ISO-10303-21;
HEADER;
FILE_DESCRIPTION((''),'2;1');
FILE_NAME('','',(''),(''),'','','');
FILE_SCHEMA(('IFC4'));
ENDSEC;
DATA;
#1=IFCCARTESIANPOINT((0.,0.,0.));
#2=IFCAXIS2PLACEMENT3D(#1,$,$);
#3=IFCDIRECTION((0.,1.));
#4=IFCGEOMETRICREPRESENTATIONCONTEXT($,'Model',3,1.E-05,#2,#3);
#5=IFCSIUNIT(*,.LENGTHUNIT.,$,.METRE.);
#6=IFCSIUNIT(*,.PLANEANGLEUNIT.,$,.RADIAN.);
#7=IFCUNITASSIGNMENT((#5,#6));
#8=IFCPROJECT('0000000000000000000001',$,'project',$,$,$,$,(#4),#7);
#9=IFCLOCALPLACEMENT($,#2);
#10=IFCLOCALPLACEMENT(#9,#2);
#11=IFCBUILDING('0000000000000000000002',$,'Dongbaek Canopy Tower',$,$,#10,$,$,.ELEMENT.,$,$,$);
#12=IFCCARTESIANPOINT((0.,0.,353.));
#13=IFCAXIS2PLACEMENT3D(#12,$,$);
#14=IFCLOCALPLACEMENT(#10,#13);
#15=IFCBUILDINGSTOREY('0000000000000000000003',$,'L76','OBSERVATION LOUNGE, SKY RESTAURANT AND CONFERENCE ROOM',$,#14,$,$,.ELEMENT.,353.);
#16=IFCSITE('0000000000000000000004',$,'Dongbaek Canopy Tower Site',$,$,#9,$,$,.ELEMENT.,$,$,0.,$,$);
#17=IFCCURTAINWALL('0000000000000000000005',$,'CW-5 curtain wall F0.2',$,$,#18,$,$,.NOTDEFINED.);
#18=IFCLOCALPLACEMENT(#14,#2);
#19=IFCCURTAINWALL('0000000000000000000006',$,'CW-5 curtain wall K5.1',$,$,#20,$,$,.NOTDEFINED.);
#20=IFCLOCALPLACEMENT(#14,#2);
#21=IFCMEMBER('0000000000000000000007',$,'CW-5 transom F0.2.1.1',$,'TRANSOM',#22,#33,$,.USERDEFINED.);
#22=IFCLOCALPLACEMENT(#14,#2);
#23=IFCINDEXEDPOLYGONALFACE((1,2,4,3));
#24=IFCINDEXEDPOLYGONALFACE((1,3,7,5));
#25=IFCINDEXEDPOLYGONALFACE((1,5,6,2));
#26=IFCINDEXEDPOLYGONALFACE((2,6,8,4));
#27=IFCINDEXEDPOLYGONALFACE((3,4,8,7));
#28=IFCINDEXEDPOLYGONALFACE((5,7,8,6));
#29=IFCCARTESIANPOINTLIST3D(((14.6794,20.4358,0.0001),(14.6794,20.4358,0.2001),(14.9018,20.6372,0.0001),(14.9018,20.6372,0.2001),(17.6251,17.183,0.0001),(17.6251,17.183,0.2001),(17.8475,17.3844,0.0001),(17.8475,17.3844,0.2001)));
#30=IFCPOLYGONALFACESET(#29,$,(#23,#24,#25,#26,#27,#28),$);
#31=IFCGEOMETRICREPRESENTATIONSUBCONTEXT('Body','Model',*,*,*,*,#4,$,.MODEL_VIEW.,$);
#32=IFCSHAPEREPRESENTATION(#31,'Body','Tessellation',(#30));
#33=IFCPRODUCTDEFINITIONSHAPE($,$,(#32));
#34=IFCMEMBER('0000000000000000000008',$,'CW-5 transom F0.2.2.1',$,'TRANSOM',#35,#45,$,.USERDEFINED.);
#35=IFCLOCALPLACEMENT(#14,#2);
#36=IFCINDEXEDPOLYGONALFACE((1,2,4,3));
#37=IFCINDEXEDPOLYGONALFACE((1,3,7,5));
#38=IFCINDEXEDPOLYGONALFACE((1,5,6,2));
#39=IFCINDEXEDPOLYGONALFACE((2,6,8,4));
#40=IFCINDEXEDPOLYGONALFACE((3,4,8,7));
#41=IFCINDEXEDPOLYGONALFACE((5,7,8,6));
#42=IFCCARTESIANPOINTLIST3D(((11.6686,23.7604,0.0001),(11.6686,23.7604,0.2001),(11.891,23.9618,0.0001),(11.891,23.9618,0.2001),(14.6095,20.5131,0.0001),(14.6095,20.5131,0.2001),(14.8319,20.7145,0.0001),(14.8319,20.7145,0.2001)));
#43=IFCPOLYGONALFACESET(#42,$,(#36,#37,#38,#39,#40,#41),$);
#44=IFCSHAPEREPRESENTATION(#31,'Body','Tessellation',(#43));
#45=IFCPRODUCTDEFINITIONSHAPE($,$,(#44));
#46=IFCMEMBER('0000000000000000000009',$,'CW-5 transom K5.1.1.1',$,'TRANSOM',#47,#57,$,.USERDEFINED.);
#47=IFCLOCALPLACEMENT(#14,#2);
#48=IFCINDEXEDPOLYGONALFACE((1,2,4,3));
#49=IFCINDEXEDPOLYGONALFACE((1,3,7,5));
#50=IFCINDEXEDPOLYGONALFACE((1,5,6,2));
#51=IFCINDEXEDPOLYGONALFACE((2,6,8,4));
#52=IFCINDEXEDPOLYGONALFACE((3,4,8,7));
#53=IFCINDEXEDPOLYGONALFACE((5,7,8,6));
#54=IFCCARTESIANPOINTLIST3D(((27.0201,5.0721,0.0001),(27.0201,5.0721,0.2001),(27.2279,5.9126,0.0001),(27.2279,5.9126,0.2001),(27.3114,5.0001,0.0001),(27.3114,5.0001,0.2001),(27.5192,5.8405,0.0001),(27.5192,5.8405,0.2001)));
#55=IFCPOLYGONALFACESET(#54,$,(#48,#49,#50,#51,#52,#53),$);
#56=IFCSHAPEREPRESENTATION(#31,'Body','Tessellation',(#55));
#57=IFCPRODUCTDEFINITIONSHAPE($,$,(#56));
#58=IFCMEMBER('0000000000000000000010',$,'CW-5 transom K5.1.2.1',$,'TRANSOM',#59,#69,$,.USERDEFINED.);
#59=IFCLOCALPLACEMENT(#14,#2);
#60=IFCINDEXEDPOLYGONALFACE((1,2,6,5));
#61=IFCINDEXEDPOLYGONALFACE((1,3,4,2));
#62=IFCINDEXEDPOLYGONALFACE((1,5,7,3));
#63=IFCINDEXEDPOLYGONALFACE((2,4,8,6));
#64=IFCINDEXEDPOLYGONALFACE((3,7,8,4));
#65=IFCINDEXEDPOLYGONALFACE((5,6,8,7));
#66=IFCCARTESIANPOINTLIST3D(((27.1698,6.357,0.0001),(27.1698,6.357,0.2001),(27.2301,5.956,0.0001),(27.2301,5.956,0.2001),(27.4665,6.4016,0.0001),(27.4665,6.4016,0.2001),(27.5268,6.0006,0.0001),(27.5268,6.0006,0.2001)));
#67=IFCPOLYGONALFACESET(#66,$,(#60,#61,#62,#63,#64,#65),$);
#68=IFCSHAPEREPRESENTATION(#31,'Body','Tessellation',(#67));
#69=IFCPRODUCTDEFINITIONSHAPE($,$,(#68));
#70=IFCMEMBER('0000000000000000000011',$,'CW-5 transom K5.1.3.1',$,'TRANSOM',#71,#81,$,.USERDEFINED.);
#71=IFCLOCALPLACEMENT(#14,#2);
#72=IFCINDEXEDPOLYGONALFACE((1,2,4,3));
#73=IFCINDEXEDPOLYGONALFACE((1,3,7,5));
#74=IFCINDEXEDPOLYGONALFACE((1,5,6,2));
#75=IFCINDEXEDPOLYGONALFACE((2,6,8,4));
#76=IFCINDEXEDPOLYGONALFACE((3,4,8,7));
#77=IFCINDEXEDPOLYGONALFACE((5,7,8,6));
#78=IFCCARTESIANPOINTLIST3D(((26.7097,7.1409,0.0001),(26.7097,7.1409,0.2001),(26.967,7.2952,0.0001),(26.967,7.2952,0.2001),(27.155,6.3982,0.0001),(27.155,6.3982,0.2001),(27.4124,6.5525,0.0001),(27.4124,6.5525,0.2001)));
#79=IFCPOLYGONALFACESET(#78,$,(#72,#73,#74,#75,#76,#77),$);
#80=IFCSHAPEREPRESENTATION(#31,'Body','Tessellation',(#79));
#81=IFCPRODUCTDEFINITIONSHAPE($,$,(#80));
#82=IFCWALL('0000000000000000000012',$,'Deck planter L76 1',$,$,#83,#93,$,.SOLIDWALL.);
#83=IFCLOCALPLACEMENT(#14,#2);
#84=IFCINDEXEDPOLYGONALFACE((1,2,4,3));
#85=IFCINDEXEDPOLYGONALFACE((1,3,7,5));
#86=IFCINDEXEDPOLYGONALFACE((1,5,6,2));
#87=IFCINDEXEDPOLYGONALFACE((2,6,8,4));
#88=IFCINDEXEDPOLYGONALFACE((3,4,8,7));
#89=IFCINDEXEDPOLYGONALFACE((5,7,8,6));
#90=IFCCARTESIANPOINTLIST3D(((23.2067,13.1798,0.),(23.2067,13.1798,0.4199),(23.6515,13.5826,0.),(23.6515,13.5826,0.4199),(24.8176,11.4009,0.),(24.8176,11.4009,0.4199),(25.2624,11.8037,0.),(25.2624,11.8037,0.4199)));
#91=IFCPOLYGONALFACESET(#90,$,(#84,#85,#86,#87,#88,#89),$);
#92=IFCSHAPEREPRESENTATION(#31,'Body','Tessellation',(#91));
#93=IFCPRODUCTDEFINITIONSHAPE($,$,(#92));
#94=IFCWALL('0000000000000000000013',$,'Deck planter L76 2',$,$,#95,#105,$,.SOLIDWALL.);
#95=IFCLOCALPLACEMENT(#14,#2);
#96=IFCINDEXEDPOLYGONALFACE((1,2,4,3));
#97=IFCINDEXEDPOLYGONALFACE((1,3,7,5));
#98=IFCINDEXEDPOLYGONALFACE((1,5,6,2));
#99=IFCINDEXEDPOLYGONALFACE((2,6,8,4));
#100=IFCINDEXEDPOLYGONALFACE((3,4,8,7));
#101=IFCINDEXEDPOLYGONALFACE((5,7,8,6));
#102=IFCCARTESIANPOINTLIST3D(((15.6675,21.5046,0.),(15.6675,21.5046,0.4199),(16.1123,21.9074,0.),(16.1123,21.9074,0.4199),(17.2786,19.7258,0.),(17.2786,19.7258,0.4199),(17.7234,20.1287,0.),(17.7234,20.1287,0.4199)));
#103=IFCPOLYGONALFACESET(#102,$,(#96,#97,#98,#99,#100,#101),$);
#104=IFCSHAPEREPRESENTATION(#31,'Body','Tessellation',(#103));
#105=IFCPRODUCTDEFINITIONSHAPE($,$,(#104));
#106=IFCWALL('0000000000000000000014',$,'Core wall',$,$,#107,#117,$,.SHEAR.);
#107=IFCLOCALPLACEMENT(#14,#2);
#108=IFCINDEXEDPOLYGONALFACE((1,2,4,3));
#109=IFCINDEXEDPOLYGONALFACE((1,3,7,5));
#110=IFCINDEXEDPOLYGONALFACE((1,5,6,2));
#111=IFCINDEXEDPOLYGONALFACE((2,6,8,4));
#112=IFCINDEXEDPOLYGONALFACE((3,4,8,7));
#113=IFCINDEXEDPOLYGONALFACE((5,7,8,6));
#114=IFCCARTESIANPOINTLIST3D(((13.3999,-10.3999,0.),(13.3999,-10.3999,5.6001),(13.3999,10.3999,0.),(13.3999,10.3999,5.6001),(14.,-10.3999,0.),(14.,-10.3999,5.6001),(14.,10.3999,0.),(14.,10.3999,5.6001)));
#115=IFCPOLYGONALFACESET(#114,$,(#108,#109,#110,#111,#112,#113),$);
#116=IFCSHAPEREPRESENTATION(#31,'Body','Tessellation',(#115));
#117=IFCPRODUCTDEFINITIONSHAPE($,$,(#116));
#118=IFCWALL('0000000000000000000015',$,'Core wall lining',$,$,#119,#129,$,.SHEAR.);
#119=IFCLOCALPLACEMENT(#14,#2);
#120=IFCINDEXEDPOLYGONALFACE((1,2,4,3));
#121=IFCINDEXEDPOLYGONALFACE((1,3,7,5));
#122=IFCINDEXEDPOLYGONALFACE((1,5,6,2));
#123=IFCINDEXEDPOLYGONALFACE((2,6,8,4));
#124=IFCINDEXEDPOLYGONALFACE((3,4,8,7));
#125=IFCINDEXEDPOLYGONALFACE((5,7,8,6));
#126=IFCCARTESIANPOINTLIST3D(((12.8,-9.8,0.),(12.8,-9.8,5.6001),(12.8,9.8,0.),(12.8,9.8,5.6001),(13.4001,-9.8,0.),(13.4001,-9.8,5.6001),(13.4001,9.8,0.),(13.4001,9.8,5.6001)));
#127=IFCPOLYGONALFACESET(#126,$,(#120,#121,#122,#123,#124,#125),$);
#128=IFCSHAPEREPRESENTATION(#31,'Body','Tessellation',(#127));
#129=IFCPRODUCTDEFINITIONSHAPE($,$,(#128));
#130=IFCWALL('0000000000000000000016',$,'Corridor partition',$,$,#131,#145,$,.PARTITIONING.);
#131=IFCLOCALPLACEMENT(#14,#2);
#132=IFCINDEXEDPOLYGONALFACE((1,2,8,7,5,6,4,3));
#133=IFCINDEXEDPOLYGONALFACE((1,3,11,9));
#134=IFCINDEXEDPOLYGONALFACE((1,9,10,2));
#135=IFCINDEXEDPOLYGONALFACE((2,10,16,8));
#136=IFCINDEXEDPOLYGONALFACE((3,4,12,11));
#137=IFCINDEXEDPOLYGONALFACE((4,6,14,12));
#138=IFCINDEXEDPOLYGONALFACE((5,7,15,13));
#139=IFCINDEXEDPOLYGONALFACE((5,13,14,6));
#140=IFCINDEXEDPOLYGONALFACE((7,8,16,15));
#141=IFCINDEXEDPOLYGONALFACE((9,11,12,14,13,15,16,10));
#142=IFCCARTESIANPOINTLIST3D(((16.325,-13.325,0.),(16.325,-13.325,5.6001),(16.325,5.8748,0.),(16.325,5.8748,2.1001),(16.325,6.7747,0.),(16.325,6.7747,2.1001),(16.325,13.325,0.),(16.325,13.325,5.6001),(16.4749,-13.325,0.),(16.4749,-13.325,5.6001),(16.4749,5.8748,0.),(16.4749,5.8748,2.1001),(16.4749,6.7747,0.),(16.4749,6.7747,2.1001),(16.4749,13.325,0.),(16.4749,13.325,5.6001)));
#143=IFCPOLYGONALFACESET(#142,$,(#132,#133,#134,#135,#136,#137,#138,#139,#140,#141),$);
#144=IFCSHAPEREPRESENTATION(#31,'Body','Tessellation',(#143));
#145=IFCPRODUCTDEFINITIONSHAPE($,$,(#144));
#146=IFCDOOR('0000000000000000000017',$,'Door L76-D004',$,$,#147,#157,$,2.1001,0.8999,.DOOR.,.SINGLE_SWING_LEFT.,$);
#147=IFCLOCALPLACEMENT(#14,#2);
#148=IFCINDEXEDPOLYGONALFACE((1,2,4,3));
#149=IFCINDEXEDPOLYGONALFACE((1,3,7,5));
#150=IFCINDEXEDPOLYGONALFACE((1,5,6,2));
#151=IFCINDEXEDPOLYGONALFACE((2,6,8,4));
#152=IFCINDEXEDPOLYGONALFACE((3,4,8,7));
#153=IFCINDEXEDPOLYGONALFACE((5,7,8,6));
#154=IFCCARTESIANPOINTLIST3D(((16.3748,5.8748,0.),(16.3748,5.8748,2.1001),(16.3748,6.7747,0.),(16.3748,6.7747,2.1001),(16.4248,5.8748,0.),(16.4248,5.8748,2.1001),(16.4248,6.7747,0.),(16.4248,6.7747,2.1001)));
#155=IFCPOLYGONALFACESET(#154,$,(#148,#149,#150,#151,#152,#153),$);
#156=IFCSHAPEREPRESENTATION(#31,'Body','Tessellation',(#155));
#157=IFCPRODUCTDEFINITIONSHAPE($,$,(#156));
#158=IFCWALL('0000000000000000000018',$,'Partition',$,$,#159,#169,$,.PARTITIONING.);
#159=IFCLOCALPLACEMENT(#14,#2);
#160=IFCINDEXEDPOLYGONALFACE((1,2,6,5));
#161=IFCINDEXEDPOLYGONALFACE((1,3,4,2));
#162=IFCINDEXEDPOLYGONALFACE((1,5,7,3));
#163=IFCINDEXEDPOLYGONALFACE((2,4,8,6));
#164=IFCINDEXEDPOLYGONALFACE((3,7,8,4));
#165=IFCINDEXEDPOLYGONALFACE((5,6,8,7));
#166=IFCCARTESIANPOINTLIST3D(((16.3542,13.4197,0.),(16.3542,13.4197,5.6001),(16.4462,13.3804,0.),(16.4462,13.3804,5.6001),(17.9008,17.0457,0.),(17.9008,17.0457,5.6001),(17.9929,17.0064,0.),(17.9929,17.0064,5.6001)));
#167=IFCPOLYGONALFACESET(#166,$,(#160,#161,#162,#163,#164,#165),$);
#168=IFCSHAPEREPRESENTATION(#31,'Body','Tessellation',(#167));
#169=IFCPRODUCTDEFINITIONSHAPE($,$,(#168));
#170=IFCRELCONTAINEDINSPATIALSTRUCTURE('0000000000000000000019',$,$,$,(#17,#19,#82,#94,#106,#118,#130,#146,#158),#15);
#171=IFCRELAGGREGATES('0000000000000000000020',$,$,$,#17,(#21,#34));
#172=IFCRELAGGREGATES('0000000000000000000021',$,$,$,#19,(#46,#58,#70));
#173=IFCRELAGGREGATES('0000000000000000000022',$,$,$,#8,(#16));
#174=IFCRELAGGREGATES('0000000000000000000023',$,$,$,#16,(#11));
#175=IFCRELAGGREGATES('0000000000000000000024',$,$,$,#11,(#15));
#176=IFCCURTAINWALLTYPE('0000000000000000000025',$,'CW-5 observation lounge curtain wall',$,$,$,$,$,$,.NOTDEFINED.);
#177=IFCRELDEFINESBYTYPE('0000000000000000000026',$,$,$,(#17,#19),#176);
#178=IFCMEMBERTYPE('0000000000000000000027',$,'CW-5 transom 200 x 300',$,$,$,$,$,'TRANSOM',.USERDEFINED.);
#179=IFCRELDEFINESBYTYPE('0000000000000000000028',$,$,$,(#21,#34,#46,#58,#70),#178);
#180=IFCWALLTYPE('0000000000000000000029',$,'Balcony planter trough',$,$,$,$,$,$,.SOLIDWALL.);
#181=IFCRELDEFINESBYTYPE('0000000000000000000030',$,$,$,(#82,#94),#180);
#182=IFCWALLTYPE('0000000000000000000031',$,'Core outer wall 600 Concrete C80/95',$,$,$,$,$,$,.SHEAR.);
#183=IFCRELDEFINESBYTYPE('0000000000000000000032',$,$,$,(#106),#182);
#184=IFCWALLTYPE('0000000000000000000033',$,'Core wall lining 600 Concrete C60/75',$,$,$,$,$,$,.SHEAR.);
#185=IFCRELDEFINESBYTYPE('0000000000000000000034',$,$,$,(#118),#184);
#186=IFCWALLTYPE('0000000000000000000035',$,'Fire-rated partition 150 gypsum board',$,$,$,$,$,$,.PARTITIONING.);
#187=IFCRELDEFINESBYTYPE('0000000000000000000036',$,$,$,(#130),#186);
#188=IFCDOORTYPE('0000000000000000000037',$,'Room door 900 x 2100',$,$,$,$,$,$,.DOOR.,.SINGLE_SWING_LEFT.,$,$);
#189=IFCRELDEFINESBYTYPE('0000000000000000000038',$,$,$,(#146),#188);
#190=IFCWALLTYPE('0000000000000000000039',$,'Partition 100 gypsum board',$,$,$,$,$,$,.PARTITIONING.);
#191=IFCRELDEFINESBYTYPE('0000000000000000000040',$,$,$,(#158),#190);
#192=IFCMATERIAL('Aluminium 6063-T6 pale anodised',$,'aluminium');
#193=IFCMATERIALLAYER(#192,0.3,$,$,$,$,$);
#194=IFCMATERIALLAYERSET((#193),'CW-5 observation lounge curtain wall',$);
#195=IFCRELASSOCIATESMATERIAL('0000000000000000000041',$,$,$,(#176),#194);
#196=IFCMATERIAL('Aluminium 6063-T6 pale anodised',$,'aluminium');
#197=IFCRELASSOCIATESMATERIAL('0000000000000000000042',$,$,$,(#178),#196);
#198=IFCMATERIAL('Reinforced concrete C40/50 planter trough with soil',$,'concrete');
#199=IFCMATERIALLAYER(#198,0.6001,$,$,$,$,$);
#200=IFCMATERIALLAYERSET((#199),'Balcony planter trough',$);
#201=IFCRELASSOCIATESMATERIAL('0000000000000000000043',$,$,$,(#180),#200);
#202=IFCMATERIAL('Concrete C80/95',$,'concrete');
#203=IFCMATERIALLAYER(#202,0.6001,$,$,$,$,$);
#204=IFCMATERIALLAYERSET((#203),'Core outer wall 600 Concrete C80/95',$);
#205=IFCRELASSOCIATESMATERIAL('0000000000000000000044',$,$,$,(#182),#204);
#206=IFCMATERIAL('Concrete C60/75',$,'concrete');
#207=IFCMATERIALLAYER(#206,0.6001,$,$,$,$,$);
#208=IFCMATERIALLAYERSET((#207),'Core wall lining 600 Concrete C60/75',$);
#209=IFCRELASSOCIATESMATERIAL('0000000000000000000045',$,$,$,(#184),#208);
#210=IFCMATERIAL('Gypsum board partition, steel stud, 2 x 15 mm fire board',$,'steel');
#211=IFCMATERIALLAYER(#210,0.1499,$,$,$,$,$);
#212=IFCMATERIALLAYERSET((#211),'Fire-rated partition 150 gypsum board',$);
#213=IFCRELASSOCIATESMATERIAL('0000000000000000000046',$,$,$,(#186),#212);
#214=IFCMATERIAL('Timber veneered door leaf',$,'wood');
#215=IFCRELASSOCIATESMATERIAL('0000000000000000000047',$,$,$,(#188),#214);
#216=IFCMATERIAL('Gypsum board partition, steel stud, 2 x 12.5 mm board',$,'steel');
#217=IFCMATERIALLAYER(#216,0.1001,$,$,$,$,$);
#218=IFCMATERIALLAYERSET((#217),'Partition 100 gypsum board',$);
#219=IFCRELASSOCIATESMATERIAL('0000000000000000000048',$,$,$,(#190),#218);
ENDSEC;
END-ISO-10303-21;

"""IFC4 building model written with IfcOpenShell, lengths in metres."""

from ifc_helpers import new_model, si_unit, direction, frame, frame_2d, origin, origin_2d, place, context, subcontext, project, spatial, rectangle, extrude, material, layer, layer_set, material_profile, profile_set, type_object, element, fill, aggregate, save


model = new_model("IFC4")

# Units and contexts
model_context = context("Model", 3, precision=1e-05, world=origin(), true_north=direction((0.0, 1.0)))
body_context = subcontext(model_context, "Body", "Model", "MODEL_VIEW")
ifc_project = project(units=[si_unit("LENGTHUNIT", "METRE"), si_unit("PLANEANGLEUNIT", "RADIAN")], contexts=[model_context])

# Site, building, storey
site_placement = place(None, origin())
site = spatial("IfcSite", under=ifc_project, at=site_placement, Name="Dongbaek Canopy Tower Site", CompositionType="ELEMENT", RefElevation=0.0)
building_placement = place(site_placement, origin())
building = spatial("IfcBuilding", under=site, at=building_placement, Name="Dongbaek Canopy Tower", CompositionType="ELEMENT")
storey_placement = place(building_placement, frame((0.0, 0.0, 353.0)))
storey = spatial("IfcBuildingStorey", under=building, at=storey_placement, Name="L76", Description="OBSERVATION LOUNGE, SKY RESTAURANT AND CONFERENCE ROOM", CompositionType="ELEMENT", Elevation=353.0)

# Curtain wall
ifc_material_1 = material(Name="Aluminium 6063-T6 pale anodised", Category="aluminium")
ifc_layer_1 = layer(ifc_material_1, 0.3)
ifc_layer_set_1 = layer_set([ifc_layer_1], Name="CW-5 observation lounge curtain wall")
curtain_wall_type = type_object("IfcCurtainWallType", Name="CW-5 observation lounge curtain wall", PredefinedType="NOTDEFINED", material=ifc_layer_set_1)
curtain_wall_1_placement = place(storey_placement, origin())
curtain_wall_1 = element("IfcCurtainWall", 1, at=curtain_wall_1_placement, inside=storey, type_object=curtain_wall_type, Name="CW-5 curtain wall F0.2", PredefinedType="NOTDEFINED")

# Curtain wall
curtain_wall_2_placement = place(storey_placement, origin())
curtain_wall_2 = element("IfcCurtainWall", 2, at=curtain_wall_2_placement, inside=storey, type_object=curtain_wall_type, Name="CW-5 curtain wall K5.1", PredefinedType="NOTDEFINED")

# Members
ifc_material_2 = material(Name="Aluminium 6063-T6 pale anodised", Category="aluminium")
ifc_material_profile_1 = material_profile(ifc_material_2, rectangle(XDim=0.3, YDim=0.2, at=origin_2d()), Name="CW-5 transom 200 x 300")
ifc_profile_set_1 = profile_set([ifc_material_profile_1], Name="Aluminium 6063-T6 pale anodised")
member_type_1 = type_object("IfcMemberType", Name="CW-5 transom 200 x 300", ElementType="TRANSOM", PredefinedType="USERDEFINED", material=ifc_profile_set_1)
member_1_placement = place(storey_placement, frame((17.7363, 17.2837, 0.1001), z_axis=(-0.671248, 0.741233, 0.0), x_axis=(-0.741233, -0.671248, 0.0)))
member_1 = element("IfcMember", 3, at=member_1_placement, type_object=member_type_1, Name="CW-5 transom F0.2.1.1", ObjectType="TRANSOM", PredefinedType="USERDEFINED", context=body_context, shape_type="SweptSolid", body=[
    extrude(rectangle(XDim=0.3, YDim=0.2, at=origin_2d()), origin(), (0.0, 0.0, 1.0), 4.3884),
])
member_2_placement = place(storey_placement, frame((14.7207, 20.6138, 0.1001), z_axis=(-0.671274, 0.74121, 0.0), x_axis=(-0.74121, -0.671274, 0.0)))
member_2 = element("IfcMember", 4, at=member_2_placement, type_object=member_type_1, Name="CW-5 transom F0.2.2.1", ObjectType="TRANSOM", PredefinedType="USERDEFINED", context=body_context, shape_type="SweptSolid", body=[
    extrude(rectangle(XDim=0.3, YDim=0.2, at=origin_2d()), origin(), (0.0, 0.0, 1.0), 4.3811),
])
aggregate(curtain_wall_1, [member_1, member_2])
member_3_placement = place(storey_placement, frame((27.1658, 5.0361, 0.1001), z_axis=(0.240013, 0.97077, 0.0), x_axis=(-0.97077, 0.240013, 0.0)))
member_3 = element("IfcMember", 5, at=member_3_placement, type_object=member_type_1, Name="CW-5 transom K5.1.1.1", ObjectType="TRANSOM", PredefinedType="USERDEFINED", context=body_context, shape_type="SweptSolid", body=[
    extrude(rectangle(XDim=0.3, YDim=0.2, at=origin_2d()), origin(), (0.0, 0.0, 1.0), 0.8657),
])
member_4_placement = place(storey_placement, frame((27.3784, 5.9783, 0.1001), z_axis=(-0.148664, 0.988888, 0.0), x_axis=(-0.988888, -0.148664, 0.0)))
member_4 = element("IfcMember", 6, at=member_4_placement, type_object=member_type_1, Name="CW-5 transom K5.1.2.1", ObjectType="TRANSOM", PredefinedType="USERDEFINED", context=body_context, shape_type="SweptSolid", body=[
    extrude(rectangle(XDim=0.3, YDim=0.2, at=origin_2d()), origin(), (0.0, 0.0, 1.0), 0.4055),
])
member_5_placement = place(storey_placement, frame((27.2837, 6.4753, 0.1001), z_axis=(-0.514247, 0.857642, 0.0), x_axis=(-0.857642, -0.514247, 0.0)))
member_5 = element("IfcMember", 7, at=member_5_placement, type_object=member_type_1, Name="CW-5 transom K5.1.3.1", ObjectType="TRANSOM", PredefinedType="USERDEFINED", context=body_context, shape_type="SweptSolid", body=[
    extrude(rectangle(XDim=0.3, YDim=0.2, at=origin_2d()), origin(), (0.0, 0.0, 1.0), 0.866),
])
aggregate(curtain_wall_2, [member_3, member_4, member_5])

# Walls
ifc_material_3 = material(Name="Reinforced concrete C40/50 planter trough with soil", Category="concrete")
ifc_layer_2 = layer(ifc_material_3, 0.6001)
ifc_layer_set_2 = layer_set([ifc_layer_2], Name="Balcony planter trough")
wall_type_1 = type_object("IfcWallType", Name="Balcony planter trough", PredefinedType="SOLIDWALL", material=ifc_layer_set_2)
for number, where, z_axis, x_axis, name in (
    (8, (25.04, 11.6023, 0.0), (0.0, 0.0, 1.0), (-0.671244, 0.741237, 0.0), "Deck planter L76 1"),
    (9, (17.501, 19.9272, 0.0), (0.0, 0.0, 1.0), (-0.671299, 0.741186, 0.0), "Deck planter L76 2"),
):
    element("IfcWall", number, at=place(storey_placement, frame(where, z_axis=z_axis, x_axis=x_axis)), inside=storey, type_object=wall_type_1, Name=name, PredefinedType="SOLIDWALL", context=body_context, shape_type="SweptSolid", body=[
        extrude(rectangle(XDim=2.3999, YDim=0.6001, at=frame_2d((1.2, 0.0))), origin(), (0.0, 0.0, 1.0), 0.4199),
    ])
ifc_material_4 = material(Name="Concrete C80/95", Category="concrete")
ifc_layer_3 = layer(ifc_material_4, 0.6001)
ifc_layer_set_3 = layer_set([ifc_layer_3], Name="Core outer wall 600 Concrete C80/95")
wall_type_2 = type_object("IfcWallType", Name="Core outer wall 600 Concrete C80/95", PredefinedType="SHEAR", material=ifc_layer_set_3)
wall_1_placement = place(storey_placement, frame((13.7, 10.3999, 0.0), z_axis=(0.0, 0.0, 1.0), x_axis=(0.0, -1.0, 0.0)))
element("IfcWall", 10, at=wall_1_placement, inside=storey, type_object=wall_type_2, Name="Core wall", PredefinedType="SHEAR", context=body_context, shape_type="SweptSolid", body=[
    extrude(rectangle(XDim=20.7998, YDim=0.6001, at=frame_2d((10.3999, 0.0))), origin(), (0.0, 0.0, 1.0), 5.6001),
])
ifc_material_5 = material(Name="Concrete C60/75", Category="concrete")
ifc_layer_4 = layer(ifc_material_5, 0.6001)
ifc_layer_set_4 = layer_set([ifc_layer_4], Name="Core wall lining 600 Concrete C60/75")
wall_type_3 = type_object("IfcWallType", Name="Core wall lining 600 Concrete C60/75", PredefinedType="SHEAR", material=ifc_layer_set_4)
wall_2_placement = place(storey_placement, frame((13.1001, 9.8, 0.0), z_axis=(0.0, 0.0, 1.0), x_axis=(0.0, -1.0, 0.0)))
element("IfcWall", 11, at=wall_2_placement, inside=storey, type_object=wall_type_3, Name="Core wall lining", PredefinedType="SHEAR", context=body_context, shape_type="SweptSolid", body=[
    extrude(rectangle(XDim=19.6001, YDim=0.6001, at=frame_2d((9.8, 0.0))), origin(), (0.0, 0.0, 1.0), 5.6001),
])

# Wall, opening, door
ifc_material_6 = material(Name="Gypsum board partition, steel stud, 2 x 15 mm fire board", Category="steel")
ifc_layer_5 = layer(ifc_material_6, 0.1499)
ifc_layer_set_5 = layer_set([ifc_layer_5], Name="Fire-rated partition 150 gypsum board")
wall_type_4 = type_object("IfcWallType", Name="Fire-rated partition 150 gypsum board", PredefinedType="PARTITIONING", material=ifc_layer_set_5)
wall_3_placement = place(storey_placement, frame((16.3999, 13.325, 0.0), z_axis=(0.0, 0.0, 1.0), x_axis=(0.0, -1.0, 0.0)))
wall_3 = element("IfcWall", 12, at=wall_3_placement, inside=storey, type_object=wall_type_4, Name="Corridor partition", PredefinedType="PARTITIONING", context=body_context, shape_type="SweptSolid", body=[
    extrude(rectangle(XDim=26.6499, YDim=0.1499, at=frame_2d((13.325, 0.0))), origin(), (0.0, 0.0, 1.0), 5.6001),
])
opening_1_placement = place(wall_3_placement, frame((6.5503, 0.0, 0.0)))
opening_1 = element("IfcOpeningElement", 13, at=opening_1_placement, cuts=wall_3, PredefinedType="OPENING", context=body_context, shape_type="SweptSolid", body=[
    extrude(rectangle(XDim=0.8999, YDim=2.1001, at=frame_2d((0.45, 1.05))), frame((0.0, 0.085, 0.0), z_axis=(0.0, -1.0, 0.0), x_axis=(1.0, 0.0, 0.0)), (0.0, 0.0, 1.0), 0.1699),
])
ifc_material_7 = material(Name="Timber veneered door leaf", Category="wood")
door_type_1 = type_object("IfcDoorType", Name="Room door 900 x 2100", OperationType="SINGLE_SWING_LEFT", PredefinedType="DOOR", material=ifc_material_7)
door_1_placement = place(opening_1_placement, origin())
door_1 = element("IfcDoor", 14, at=door_1_placement, inside=storey, type_object=door_type_1, Name="Door L76-D004", OperationType="SINGLE_SWING_LEFT", OverallHeight=2.1001, OverallWidth=0.8999, PredefinedType="DOOR", context=body_context, shape_type="SweptSolid", body=[
    extrude(rectangle(XDim=0.8999, YDim=2.1001, at=frame_2d((0.45, 1.05))), frame((0.0, 0.0249, 0.0), z_axis=(0.0, -1.0, 0.0), x_axis=(1.0, 0.0, 0.0)), (0.0, 0.0, 1.0), 0.05),
])
fill(opening_1, door_1)

# Wall
ifc_material_8 = material(Name="Gypsum board partition, steel stud, 2 x 12.5 mm board", Category="steel")
ifc_layer_6 = layer(ifc_material_8, 0.1001)
ifc_layer_set_6 = layer_set([ifc_layer_6], Name="Partition 100 gypsum board")
wall_type_5 = type_object("IfcWallType", Name="Partition 100 gypsum board", PredefinedType="PARTITIONING", material=ifc_layer_set_6)
wall_4_placement = place(storey_placement, frame((16.4001, 13.3999, 0.0), z_axis=(0.0, 0.0, 1.0), x_axis=(0.392342, 0.91982, 0.0)))
element("IfcWall", 15, at=wall_4_placement, inside=storey, type_object=wall_type_5, Name="Partition", PredefinedType="PARTITIONING", context=body_context, shape_type="SweptSolid", body=[
    extrude(rectangle(XDim=3.9421, YDim=0.1001, at=frame_2d((1.9712, 0.0))), origin(), (0.0, 0.0, 1.0), 5.6001),
])

save(model, "model.ifc")
